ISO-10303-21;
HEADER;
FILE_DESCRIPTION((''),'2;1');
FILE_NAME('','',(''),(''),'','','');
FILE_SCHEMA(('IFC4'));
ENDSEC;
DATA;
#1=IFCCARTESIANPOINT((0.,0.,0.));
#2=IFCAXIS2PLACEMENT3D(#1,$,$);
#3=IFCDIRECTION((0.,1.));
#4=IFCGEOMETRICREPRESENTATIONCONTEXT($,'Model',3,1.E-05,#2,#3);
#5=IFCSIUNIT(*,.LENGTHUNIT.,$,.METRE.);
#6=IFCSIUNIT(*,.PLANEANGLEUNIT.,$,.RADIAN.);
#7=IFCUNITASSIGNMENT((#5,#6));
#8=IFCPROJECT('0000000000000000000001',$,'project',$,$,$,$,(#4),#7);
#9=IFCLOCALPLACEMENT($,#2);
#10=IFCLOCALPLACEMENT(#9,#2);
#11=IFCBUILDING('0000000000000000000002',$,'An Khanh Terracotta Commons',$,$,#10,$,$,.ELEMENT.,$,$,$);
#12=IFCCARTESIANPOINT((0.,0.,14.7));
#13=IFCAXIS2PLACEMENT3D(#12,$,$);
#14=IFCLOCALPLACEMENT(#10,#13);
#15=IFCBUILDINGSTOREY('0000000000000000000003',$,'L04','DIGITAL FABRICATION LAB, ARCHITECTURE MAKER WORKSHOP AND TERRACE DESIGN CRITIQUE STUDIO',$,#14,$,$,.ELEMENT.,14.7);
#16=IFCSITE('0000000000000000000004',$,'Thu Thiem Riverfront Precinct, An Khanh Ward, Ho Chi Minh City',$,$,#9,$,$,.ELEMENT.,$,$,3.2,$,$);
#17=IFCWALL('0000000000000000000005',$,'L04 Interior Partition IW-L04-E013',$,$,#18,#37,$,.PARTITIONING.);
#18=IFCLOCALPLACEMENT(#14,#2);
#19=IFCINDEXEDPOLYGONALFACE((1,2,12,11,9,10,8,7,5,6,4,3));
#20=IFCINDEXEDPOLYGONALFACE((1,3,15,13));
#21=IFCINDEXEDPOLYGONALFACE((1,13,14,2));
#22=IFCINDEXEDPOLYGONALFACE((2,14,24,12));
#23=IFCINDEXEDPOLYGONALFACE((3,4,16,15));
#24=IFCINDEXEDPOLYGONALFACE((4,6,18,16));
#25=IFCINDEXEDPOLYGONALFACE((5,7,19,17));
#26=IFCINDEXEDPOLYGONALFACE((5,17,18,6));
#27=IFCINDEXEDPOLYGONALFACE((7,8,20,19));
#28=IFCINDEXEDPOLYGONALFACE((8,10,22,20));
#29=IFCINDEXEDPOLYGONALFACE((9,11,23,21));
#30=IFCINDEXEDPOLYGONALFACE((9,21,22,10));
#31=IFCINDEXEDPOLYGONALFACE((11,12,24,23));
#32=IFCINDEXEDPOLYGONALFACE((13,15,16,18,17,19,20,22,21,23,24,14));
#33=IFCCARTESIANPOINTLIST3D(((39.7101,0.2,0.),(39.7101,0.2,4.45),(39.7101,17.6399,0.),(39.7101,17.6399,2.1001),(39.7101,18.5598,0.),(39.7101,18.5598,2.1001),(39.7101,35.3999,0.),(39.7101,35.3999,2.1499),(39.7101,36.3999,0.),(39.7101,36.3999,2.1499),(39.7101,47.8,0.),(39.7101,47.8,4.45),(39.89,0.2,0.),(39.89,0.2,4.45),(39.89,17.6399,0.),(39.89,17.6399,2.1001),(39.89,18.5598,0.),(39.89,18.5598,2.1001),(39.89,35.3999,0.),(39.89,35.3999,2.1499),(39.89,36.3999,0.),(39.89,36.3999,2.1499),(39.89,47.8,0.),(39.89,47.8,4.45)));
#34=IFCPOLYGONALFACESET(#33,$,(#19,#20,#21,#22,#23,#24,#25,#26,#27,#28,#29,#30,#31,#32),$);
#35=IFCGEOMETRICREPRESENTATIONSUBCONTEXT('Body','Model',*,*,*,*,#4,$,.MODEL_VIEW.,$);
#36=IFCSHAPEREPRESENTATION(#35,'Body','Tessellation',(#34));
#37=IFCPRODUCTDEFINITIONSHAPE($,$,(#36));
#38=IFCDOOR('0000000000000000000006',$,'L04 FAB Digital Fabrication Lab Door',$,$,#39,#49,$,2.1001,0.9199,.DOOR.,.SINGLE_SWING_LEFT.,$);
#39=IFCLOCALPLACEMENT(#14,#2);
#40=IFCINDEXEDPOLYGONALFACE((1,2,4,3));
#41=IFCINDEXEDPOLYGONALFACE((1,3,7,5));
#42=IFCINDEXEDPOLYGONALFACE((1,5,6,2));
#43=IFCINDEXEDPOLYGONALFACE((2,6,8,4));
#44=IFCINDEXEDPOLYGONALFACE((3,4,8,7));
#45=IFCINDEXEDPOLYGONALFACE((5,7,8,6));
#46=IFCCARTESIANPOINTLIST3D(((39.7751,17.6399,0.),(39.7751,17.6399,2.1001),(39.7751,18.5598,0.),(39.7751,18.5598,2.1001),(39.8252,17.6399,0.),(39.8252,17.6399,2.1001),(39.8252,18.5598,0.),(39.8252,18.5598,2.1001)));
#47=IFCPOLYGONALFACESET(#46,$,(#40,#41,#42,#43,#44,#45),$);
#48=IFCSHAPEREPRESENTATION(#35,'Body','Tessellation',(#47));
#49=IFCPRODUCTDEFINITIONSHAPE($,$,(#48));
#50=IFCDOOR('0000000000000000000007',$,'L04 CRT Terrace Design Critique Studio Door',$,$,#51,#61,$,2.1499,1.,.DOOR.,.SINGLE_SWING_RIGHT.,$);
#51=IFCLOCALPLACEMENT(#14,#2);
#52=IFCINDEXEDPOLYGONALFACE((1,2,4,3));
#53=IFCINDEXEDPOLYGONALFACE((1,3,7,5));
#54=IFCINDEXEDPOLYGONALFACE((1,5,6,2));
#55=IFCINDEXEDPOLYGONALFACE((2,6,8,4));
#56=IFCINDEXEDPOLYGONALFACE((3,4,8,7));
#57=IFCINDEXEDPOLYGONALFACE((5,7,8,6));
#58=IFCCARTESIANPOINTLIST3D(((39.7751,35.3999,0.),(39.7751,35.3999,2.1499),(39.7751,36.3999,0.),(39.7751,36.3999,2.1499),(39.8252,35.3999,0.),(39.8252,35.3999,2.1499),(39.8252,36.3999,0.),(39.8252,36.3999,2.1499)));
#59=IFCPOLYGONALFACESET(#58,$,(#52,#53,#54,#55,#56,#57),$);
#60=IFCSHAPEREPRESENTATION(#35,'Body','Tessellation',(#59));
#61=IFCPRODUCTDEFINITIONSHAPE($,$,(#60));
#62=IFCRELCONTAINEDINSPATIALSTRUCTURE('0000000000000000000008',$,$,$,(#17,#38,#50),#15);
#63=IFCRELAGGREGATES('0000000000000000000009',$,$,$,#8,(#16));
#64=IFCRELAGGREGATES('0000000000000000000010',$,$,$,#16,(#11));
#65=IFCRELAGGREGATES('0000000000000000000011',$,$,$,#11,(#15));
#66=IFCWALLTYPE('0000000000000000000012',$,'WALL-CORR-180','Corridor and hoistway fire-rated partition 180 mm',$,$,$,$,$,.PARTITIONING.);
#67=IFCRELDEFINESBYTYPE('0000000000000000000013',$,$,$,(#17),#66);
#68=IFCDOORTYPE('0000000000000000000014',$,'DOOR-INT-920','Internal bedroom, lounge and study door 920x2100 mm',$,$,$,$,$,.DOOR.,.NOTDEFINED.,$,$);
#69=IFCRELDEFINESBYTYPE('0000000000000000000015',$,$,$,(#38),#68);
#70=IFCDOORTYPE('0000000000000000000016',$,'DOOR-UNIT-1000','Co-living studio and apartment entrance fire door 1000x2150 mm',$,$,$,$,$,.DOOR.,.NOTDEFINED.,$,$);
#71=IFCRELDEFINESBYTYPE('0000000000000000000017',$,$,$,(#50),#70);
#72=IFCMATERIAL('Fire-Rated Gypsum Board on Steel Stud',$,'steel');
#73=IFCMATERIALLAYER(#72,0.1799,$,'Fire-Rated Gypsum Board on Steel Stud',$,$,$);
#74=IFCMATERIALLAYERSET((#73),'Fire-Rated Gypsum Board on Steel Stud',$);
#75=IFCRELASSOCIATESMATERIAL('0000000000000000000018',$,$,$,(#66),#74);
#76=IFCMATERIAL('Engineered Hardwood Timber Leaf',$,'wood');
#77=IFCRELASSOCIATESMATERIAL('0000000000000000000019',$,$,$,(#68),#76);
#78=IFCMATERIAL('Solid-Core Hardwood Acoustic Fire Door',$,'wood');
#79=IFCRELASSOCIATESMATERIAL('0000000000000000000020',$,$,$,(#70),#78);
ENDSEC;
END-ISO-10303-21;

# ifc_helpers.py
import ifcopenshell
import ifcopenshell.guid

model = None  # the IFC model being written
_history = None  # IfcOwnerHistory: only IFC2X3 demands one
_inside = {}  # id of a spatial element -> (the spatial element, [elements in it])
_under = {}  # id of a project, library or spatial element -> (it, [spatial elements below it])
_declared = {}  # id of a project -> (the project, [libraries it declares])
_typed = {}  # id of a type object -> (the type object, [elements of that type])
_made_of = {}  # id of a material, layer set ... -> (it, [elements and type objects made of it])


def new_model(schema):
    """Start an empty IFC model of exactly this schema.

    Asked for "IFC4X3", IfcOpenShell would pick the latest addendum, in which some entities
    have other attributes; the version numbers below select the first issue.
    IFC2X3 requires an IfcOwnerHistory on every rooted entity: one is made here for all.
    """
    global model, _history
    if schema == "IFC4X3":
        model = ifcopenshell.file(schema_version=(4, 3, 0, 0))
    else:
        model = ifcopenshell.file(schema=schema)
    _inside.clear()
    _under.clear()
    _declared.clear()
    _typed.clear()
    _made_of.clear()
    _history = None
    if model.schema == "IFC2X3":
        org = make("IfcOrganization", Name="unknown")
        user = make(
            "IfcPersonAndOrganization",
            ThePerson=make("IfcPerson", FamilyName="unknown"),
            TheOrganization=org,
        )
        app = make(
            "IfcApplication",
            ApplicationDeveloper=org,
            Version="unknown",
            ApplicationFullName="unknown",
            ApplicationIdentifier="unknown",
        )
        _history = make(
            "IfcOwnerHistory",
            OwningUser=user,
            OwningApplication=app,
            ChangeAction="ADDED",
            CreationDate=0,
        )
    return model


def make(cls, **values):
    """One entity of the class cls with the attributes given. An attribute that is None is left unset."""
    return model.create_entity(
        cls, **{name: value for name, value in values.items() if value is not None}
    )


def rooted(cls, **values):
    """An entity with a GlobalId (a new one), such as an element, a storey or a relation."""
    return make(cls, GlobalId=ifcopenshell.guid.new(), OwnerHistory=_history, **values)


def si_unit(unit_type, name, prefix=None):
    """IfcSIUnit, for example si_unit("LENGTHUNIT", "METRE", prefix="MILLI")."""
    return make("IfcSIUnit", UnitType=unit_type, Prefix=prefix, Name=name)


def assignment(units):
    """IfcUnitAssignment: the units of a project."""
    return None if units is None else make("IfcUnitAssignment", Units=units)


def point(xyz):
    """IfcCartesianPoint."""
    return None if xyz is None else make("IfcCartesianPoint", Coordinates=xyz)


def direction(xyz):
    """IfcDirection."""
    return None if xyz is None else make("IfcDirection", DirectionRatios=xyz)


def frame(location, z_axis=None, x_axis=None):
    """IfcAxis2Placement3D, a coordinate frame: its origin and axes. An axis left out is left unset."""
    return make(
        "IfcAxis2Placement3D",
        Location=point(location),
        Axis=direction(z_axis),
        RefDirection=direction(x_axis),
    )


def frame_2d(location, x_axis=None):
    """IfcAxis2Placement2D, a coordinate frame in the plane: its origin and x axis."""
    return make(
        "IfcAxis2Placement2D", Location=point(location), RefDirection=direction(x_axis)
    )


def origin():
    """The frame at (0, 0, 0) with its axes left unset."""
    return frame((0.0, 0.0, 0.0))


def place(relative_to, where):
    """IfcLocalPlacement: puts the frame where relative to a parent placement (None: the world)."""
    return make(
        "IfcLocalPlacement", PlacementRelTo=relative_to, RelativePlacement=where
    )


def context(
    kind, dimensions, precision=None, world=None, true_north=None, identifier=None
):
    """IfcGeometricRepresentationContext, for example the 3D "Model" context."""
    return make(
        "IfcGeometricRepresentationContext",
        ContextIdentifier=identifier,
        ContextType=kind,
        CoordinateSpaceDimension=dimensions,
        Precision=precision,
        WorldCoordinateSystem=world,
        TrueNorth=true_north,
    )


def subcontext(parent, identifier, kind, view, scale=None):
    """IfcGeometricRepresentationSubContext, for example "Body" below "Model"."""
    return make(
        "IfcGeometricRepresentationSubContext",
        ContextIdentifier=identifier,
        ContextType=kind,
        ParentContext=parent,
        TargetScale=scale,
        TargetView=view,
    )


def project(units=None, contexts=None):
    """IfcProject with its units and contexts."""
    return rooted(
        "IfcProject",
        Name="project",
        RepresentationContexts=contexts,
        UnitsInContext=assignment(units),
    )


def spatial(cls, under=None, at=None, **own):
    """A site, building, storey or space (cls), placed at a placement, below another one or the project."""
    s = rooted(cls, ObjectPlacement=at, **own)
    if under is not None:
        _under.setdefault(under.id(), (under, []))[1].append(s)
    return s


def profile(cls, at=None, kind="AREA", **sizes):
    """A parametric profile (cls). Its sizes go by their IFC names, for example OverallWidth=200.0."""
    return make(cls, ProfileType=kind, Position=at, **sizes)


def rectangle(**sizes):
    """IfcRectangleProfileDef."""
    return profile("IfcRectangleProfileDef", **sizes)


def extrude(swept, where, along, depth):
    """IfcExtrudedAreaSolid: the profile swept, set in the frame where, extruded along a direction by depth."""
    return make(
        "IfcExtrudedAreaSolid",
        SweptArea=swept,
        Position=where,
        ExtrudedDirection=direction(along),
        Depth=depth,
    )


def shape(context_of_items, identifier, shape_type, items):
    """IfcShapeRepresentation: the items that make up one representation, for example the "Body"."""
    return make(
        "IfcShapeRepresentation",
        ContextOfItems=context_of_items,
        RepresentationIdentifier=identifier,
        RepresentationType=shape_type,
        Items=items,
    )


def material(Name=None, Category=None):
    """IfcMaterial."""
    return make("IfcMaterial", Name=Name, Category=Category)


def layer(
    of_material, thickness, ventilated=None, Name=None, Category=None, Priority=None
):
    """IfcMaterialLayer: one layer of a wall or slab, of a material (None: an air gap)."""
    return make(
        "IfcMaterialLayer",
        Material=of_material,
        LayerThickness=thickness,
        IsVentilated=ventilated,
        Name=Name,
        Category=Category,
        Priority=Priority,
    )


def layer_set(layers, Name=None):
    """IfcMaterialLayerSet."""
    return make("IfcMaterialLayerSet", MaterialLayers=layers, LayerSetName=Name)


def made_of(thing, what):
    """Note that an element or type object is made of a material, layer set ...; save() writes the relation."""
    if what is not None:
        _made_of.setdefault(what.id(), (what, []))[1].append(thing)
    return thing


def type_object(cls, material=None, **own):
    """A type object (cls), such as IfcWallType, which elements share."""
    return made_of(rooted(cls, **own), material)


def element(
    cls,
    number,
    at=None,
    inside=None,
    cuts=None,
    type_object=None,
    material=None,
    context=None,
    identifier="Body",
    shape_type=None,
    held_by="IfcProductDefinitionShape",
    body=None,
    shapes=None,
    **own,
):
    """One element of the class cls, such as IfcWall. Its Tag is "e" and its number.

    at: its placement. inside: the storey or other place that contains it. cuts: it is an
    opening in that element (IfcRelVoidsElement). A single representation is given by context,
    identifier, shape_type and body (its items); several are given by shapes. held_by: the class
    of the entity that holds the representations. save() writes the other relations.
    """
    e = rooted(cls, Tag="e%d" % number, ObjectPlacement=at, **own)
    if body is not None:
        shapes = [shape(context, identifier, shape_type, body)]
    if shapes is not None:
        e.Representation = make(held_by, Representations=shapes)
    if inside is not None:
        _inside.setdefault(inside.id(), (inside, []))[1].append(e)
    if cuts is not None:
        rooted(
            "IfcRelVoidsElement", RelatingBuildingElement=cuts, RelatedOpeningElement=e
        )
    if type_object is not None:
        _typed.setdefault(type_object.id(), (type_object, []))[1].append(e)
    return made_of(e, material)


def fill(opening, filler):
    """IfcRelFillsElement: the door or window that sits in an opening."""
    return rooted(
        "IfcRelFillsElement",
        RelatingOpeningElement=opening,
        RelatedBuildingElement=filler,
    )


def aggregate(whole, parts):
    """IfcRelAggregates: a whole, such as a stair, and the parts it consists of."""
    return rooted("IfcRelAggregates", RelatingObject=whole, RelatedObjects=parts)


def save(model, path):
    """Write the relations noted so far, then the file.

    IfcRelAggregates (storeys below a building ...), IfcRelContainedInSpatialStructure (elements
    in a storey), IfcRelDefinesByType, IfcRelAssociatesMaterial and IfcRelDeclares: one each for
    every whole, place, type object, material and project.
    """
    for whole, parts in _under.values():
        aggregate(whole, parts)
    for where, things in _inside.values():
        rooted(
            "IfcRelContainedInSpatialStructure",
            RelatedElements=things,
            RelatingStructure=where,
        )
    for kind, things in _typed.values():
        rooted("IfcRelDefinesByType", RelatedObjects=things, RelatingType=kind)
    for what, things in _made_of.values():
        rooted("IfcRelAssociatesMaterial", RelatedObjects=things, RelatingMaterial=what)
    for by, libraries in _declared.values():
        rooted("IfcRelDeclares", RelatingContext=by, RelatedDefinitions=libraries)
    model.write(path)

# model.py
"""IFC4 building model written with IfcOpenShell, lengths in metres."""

from ifc_helpers import new_model, si_unit, direction, frame, frame_2d, origin, place, context, subcontext, project, spatial, rectangle, extrude, material, layer, layer_set, type_object, element, fill, save


model = new_model("IFC4")

# Units and contexts
model_context = context("Model", 3, precision=1e-05, world=origin(), true_north=direction((0.0, 1.0)))
body_context = subcontext(model_context, "Body", "Model", "MODEL_VIEW")
ifc_project = project(units=[si_unit("LENGTHUNIT", "METRE"), si_unit("PLANEANGLEUNIT", "RADIAN")], contexts=[model_context])

# Site, building, storey
site_placement = place(None, origin())
site = spatial("IfcSite", under=ifc_project, at=site_placement, Name="Thu Thiem Riverfront Precinct, An Khanh Ward, Ho Chi Minh City", CompositionType="ELEMENT", RefElevation=3.2)
building_placement = place(site_placement, origin())
building = spatial("IfcBuilding", under=site, at=building_placement, Name="An Khanh Terracotta Commons", CompositionType="ELEMENT")
storey_placement = place(building_placement, frame((0.0, 0.0, 14.7)))
storey = spatial("IfcBuildingStorey", under=building, at=storey_placement, Name="L04", Description="DIGITAL FABRICATION LAB, ARCHITECTURE MAKER WORKSHOP AND TERRACE DESIGN CRITIQUE STUDIO", CompositionType="ELEMENT", Elevation=14.7)

# Shared definitions
ifc_material_1 = material(Name="Fire-Rated Gypsum Board on Steel Stud", Category="steel")
ifc_layer = layer(ifc_material_1, 0.1799, Name="Fire-Rated Gypsum Board on Steel Stud")
ifc_layer_set = layer_set([ifc_layer], Name="Fire-Rated Gypsum Board on Steel Stud")
wall_type = type_object("IfcWallType", Name="WALL-CORR-180", Description="Corridor and hoistway fire-rated partition 180 mm", PredefinedType="PARTITIONING", material=ifc_layer_set)

# Wall, openings, doors
wall_1_placement = place(storey_placement, frame((39.8, 0.2, 0.0), z_axis=(0.0, 0.0, 1.0), x_axis=(0.0, 1.0, 0.0)))
wall_1 = element("IfcWall", 1, at=wall_1_placement, inside=storey, type_object=wall_type, Name="L04 Interior Partition IW-L04-E013", PredefinedType="PARTITIONING", context=body_context, shape_type="SweptSolid", body=[
    extrude(rectangle(XDim=47.6001, YDim=0.1799, at=frame_2d((23.8, 0.0))), origin(), (0.0, 0.0, 1.0), 4.45),
])
opening_1_placement = place(wall_1_placement, frame((17.4399, 0.0, 0.0)))
opening_1 = element("IfcOpeningElement", 2, at=opening_1_placement, cuts=wall_1, PredefinedType="OPENING", context=body_context, shape_type="SweptSolid", body=[
    extrude(rectangle(XDim=0.9199, YDim=2.1001, at=frame_2d((0.46, 1.05))), frame((0.0, 0.0999, 0.0), z_axis=(0.0, -1.0, 0.0), x_axis=(1.0, 0.0, 0.0)), (0.0, 0.0, 1.0), 0.2),
])
opening_2_placement = place(wall_1_placement, frame((35.2, 0.0, 0.0)))
opening_2 = element("IfcOpeningElement", 3, at=opening_2_placement, cuts=wall_1, PredefinedType="OPENING", context=body_context, shape_type="SweptSolid", body=[
    extrude(rectangle(XDim=1.0, YDim=2.1499, at=frame_2d((0.5, 1.075))), frame((0.0, 0.0999, 0.0), z_axis=(0.0, -1.0, 0.0), x_axis=(1.0, 0.0, 0.0)), (0.0, 0.0, 1.0), 0.2),
])
ifc_material_2 = material(Name="Engineered Hardwood Timber Leaf", Category="wood")
door_type_1 = type_object("IfcDoorType", Name="DOOR-INT-920", Description="Internal bedroom, lounge and study door 920x2100 mm", OperationType="NOTDEFINED", PredefinedType="DOOR", material=ifc_material_2)
door_1_placement = place(opening_1_placement, origin())
door_1 = element("IfcDoor", 4, at=door_1_placement, inside=storey, type_object=door_type_1, Name="L04 FAB Digital Fabrication Lab Door", OperationType="SINGLE_SWING_LEFT", OverallHeight=2.1001, OverallWidth=0.9199, PredefinedType="DOOR", context=body_context, shape_type="SweptSolid", body=[
    extrude(rectangle(XDim=0.9199, YDim=2.1001, at=frame_2d((0.46, 1.05))), frame((0.0, 0.0249, 0.0), z_axis=(0.0, -1.0, 0.0), x_axis=(1.0, 0.0, 0.0)), (0.0, 0.0, 1.0), 0.05),
])
fill(opening_1, door_1)
ifc_material_3 = material(Name="Solid-Core Hardwood Acoustic Fire Door", Category="wood")
door_type_2 = type_object("IfcDoorType", Name="DOOR-UNIT-1000", Description="Co-living studio and apartment entrance fire door 1000x2150 mm", OperationType="NOTDEFINED", PredefinedType="DOOR", material=ifc_material_3)
door_2_placement = place(opening_2_placement, origin())
door_2 = element("IfcDoor", 5, at=door_2_placement, inside=storey, type_object=door_type_2, Name="L04 CRT Terrace Design Critique Studio Door", OperationType="SINGLE_SWING_RIGHT", OverallHeight=2.1499, OverallWidth=1.0, PredefinedType="DOOR", context=body_context, shape_type="SweptSolid", body=[
    extrude(rectangle(XDim=1.0, YDim=2.1499, at=frame_2d((0.5, 1.075))), frame((0.0, 0.0249, 0.0), z_axis=(0.0, -1.0, 0.0), x_axis=(1.0, 0.0, 0.0)), (0.0, 0.0, 1.0), 0.05),
])
fill(opening_2, door_2)

save(model, "model.ifc")
